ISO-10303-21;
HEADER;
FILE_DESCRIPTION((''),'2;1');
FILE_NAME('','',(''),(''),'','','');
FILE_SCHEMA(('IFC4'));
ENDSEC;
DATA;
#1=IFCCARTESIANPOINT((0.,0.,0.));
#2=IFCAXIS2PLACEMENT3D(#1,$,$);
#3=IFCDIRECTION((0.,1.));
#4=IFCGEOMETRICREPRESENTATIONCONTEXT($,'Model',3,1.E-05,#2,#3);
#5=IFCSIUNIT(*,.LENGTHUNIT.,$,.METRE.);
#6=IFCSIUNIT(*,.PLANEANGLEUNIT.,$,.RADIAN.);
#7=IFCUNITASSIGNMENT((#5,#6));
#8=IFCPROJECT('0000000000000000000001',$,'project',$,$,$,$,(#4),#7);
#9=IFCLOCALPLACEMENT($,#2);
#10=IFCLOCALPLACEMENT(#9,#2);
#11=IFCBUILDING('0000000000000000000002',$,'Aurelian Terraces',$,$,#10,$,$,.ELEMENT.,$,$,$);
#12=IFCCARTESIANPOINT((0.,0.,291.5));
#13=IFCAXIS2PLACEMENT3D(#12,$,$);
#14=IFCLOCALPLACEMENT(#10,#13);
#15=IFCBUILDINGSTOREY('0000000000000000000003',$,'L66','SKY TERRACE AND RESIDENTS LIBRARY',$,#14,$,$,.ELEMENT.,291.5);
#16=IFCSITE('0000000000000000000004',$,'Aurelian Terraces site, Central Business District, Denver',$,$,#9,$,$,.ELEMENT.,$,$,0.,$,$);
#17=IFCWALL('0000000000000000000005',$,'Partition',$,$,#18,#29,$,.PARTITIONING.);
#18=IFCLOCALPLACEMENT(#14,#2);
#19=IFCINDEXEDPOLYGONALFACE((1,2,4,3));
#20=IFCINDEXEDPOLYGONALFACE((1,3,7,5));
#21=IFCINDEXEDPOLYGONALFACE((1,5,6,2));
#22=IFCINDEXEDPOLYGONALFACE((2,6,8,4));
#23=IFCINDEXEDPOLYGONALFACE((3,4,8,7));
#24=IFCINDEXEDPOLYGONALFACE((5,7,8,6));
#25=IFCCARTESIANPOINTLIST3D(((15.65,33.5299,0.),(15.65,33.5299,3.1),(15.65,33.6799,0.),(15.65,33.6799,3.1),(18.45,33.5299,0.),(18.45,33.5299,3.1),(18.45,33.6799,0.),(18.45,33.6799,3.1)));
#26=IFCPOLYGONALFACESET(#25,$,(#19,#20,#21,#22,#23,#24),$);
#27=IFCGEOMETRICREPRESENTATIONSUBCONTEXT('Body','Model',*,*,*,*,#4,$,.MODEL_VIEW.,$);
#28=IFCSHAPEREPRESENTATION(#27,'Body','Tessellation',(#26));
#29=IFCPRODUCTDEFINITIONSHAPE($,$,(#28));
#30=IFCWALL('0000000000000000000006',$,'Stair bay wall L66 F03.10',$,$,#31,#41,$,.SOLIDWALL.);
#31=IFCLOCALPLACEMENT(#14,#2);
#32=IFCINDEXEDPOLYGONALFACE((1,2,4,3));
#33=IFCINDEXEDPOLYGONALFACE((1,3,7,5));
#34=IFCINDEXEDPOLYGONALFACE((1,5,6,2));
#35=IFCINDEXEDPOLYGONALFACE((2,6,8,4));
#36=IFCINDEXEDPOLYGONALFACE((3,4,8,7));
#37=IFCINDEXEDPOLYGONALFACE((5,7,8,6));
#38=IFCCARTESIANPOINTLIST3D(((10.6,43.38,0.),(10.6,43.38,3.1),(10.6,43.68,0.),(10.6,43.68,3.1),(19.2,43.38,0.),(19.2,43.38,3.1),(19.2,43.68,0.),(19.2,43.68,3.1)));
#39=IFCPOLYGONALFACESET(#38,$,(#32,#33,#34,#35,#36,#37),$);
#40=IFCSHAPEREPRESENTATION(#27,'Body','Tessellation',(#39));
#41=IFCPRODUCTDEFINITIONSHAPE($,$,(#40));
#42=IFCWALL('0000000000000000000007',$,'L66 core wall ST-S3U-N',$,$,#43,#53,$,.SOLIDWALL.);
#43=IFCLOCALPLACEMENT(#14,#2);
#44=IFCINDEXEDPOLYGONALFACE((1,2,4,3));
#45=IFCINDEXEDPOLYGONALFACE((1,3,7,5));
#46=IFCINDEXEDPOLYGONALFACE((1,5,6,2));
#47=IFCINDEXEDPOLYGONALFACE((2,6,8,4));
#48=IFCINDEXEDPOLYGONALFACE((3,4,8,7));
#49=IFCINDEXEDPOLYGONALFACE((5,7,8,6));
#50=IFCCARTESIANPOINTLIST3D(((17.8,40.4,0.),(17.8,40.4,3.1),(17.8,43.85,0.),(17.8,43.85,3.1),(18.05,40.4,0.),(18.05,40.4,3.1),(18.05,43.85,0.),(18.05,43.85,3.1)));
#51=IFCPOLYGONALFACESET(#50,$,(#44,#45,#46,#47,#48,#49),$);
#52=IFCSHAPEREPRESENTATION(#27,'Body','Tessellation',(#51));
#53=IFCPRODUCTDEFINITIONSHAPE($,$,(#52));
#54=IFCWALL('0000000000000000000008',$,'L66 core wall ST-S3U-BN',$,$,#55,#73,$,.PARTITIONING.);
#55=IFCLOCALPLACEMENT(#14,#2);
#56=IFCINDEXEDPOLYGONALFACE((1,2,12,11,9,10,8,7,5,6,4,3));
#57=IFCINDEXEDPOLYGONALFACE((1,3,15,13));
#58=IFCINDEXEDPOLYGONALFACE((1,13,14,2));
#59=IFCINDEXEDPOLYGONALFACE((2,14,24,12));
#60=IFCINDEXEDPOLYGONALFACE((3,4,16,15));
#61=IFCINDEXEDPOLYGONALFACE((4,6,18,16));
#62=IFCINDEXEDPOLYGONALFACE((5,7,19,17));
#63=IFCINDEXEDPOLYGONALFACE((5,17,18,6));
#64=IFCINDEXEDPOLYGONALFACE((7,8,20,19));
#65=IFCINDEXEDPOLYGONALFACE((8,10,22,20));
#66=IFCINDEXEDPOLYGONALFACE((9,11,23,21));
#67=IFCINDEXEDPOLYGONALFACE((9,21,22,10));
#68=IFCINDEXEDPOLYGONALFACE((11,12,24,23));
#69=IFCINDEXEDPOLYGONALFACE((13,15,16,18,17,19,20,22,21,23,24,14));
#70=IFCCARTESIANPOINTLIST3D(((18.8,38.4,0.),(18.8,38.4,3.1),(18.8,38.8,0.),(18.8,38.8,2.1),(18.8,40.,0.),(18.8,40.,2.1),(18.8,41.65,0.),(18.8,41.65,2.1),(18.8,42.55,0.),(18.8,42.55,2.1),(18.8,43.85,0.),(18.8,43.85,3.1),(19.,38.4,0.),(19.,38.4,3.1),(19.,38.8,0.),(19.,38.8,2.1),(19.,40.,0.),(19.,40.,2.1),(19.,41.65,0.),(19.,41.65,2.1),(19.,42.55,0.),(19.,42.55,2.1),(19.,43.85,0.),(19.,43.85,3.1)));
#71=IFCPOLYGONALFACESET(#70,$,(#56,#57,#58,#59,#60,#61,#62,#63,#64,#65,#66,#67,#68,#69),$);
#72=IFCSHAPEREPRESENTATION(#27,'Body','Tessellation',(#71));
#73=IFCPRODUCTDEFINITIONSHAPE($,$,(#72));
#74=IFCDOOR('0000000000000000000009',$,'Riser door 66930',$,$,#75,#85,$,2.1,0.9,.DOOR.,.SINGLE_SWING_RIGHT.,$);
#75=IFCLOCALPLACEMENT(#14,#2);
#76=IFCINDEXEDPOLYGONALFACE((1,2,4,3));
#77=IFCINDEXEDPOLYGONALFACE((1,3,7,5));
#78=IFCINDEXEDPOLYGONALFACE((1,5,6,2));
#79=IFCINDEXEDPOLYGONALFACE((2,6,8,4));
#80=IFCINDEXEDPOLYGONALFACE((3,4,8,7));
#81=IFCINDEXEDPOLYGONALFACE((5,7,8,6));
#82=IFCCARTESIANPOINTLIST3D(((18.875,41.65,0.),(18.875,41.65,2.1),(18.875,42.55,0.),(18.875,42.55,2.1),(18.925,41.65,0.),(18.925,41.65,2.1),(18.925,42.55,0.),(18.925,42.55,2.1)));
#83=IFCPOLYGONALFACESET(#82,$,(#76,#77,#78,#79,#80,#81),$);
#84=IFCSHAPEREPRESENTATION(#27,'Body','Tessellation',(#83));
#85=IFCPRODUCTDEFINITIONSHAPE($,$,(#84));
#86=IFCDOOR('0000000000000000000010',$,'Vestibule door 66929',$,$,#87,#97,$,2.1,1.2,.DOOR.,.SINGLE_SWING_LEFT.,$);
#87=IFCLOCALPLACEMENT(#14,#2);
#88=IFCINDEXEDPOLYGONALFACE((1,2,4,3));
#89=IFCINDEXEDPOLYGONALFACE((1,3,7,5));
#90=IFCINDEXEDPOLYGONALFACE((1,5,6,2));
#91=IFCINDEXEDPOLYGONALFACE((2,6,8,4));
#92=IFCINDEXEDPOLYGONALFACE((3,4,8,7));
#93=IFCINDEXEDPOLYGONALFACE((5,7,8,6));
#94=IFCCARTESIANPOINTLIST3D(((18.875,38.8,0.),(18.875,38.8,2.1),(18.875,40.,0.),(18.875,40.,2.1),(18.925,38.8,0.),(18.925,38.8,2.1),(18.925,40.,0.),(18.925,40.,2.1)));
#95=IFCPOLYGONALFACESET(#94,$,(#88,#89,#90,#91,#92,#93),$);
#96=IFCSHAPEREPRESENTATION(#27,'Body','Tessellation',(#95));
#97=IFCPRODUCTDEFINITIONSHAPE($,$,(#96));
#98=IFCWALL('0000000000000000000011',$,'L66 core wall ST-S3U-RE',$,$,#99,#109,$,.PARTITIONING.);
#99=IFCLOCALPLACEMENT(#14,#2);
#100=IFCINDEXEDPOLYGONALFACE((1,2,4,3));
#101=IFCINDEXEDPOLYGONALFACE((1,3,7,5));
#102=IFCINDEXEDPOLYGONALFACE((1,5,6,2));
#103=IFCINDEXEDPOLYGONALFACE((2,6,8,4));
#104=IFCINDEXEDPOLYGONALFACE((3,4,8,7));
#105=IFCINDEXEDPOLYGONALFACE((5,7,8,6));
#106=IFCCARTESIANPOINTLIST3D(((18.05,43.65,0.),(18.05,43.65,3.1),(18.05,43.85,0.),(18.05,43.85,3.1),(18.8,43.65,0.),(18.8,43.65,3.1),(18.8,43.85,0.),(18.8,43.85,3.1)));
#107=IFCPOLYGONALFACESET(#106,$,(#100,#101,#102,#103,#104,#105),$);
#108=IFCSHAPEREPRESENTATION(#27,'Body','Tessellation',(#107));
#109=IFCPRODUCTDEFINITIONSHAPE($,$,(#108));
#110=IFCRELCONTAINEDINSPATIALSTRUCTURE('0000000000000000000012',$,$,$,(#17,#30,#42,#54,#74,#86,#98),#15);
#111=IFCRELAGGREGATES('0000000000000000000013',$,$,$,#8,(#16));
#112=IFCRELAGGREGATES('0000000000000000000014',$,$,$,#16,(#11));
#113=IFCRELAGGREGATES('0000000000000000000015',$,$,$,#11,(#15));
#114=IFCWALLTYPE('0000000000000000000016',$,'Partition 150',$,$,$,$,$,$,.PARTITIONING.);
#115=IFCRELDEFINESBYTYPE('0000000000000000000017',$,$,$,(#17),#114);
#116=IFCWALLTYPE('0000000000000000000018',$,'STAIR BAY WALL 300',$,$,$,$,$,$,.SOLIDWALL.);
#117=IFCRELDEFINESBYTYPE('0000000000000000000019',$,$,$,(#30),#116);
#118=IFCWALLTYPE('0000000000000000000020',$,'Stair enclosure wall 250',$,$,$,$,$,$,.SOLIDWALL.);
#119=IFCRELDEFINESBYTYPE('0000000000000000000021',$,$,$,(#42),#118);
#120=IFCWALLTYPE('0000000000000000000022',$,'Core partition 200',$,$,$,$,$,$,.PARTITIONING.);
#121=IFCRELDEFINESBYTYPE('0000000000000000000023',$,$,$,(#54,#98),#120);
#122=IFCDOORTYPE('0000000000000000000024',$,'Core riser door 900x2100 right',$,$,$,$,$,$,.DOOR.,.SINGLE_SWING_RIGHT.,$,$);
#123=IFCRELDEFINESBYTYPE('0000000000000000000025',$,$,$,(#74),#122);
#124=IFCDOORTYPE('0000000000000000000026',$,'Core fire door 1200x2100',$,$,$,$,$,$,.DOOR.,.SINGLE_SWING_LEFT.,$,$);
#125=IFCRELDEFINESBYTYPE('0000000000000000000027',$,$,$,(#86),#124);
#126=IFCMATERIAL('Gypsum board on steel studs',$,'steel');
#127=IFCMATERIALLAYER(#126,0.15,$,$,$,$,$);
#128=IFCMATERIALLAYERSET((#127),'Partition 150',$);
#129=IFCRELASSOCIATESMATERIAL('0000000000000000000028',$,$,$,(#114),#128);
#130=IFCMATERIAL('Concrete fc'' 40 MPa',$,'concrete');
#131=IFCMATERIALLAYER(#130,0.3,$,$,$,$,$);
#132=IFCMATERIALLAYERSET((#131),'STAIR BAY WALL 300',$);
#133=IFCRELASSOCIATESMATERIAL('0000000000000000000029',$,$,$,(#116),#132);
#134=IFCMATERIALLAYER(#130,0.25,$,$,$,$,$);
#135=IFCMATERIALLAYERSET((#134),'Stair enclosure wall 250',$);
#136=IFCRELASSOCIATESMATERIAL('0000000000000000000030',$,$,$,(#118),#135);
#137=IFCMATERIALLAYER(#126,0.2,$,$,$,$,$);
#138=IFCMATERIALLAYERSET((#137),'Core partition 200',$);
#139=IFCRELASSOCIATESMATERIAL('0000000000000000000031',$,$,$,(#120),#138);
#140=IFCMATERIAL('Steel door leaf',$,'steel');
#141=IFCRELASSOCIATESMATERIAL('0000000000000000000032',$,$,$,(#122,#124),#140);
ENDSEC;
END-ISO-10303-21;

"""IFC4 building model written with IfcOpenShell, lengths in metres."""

from ifc_helpers import new_model, si_unit, direction, frame, frame_2d, origin, place, context, subcontext, project, spatial, rectangle, extrude, source, transform, mapped, material, layer, layer_set, type_object, element, fill, save


model = new_model("IFC4")

# Units and contexts
model_context = context("Model", 3, precision=1e-05, world=origin(), true_north=direction((0.0, 1.0)))
body_context = subcontext(model_context, "Body", "Model", "MODEL_VIEW")
ifc_project = project(units=[si_unit("LENGTHUNIT", "METRE"), si_unit("PLANEANGLEUNIT", "RADIAN")], contexts=[model_context])

# Site, building, storey
site_placement = place(None, origin())
site = spatial("IfcSite", under=ifc_project, at=site_placement, Name="Aurelian Terraces site, Central Business District, Denver", CompositionType="ELEMENT", RefElevation=0.0)
building_placement = place(site_placement, origin())
building = spatial("IfcBuilding", under=site, at=building_placement, Name="Aurelian Terraces", CompositionType="ELEMENT")
storey_placement = place(building_placement, frame((0.0, 0.0, 291.5)))
storey = spatial("IfcBuildingStorey", under=building, at=storey_placement, Name="L66", Description="SKY TERRACE AND RESIDENTS LIBRARY", CompositionType="ELEMENT", Elevation=291.5)

# Walls
ifc_material_1 = material(Name="Gypsum board on steel studs", Category="steel")
ifc_layer_1 = layer(ifc_material_1, 0.15)
ifc_layer_set_1 = layer_set([ifc_layer_1], Name="Partition 150")
wall_type_1 = type_object("IfcWallType", Name="Partition 150", PredefinedType="PARTITIONING", material=ifc_layer_set_1)
wall_1_placement = place(storey_placement, frame((18.45, 33.6049, 0.0), z_axis=(0.0, 0.0, 1.0), x_axis=(-1.0, 0.0, 0.0)))
element("IfcWall", 1, at=wall_1_placement, inside=storey, type_object=wall_type_1, Name="Partition", PredefinedType="PARTITIONING", context=body_context, shape_type="SweptSolid", body=[
    extrude(rectangle(XDim=2.8, YDim=0.15, at=frame_2d((1.4, 0.0))), origin(), (0.0, 0.0, 1.0), 3.1),
])
ifc_material_2 = material(Name="Concrete fc' 40 MPa", Category="concrete")
ifc_layer_2 = layer(ifc_material_2, 0.3)
ifc_layer_set_2 = layer_set([ifc_layer_2], Name="STAIR BAY WALL 300")
wall_type_2 = type_object("IfcWallType", Name="STAIR BAY WALL 300", PredefinedType="SOLIDWALL", material=ifc_layer_set_2)
shared_shape_1 = source(origin(), body_context, "Body", "SweptSolid", [
    extrude(rectangle(XDim=8.6, YDim=0.3, at=frame_2d((4.3, 0.0))), origin(), (0.0, 0.0, 1.0), 3.1),
])
wall_2_placement = place(storey_placement, frame((19.2, 43.53, 0.0), z_axis=(0.0, 0.0, 1.0), x_axis=(-1.0, 0.0, 0.0)))
element("IfcWall", 2, at=wall_2_placement, inside=storey, type_object=wall_type_2, Name="Stair bay wall L66 F03.10", PredefinedType="SOLIDWALL", context=body_context, shape_type="MappedRepresentation", body=[
    mapped(shared_shape_1, transform((0.0, 0.0, 0.0), scale=1.0)),
])
ifc_layer_3 = layer(ifc_material_2, 0.25)
ifc_layer_set_3 = layer_set([ifc_layer_3], Name="Stair enclosure wall 250")
wall_type_3 = type_object("IfcWallType", Name="Stair enclosure wall 250", PredefinedType="SOLIDWALL", material=ifc_layer_set_3)
shared_shape_2 = source(origin(), body_context, "Body", "SweptSolid", [
    extrude(rectangle(XDim=3.45, YDim=0.25, at=frame_2d((1.725, 0.0))), origin(), (0.0, 0.0, 1.0), 3.1),
])
wall_3_placement = place(storey_placement, frame((17.925, 40.4, 0.0), z_axis=(0.0, 0.0, 1.0), x_axis=(0.0, 1.0, 0.0)))
element("IfcWall", 3, at=wall_3_placement, inside=storey, type_object=wall_type_3, Name="L66 core wall ST-S3U-N", PredefinedType="SOLIDWALL", context=body_context, shape_type="MappedRepresentation", body=[
    mapped(shared_shape_2, transform((0.0, 0.0, 0.0), scale=1.0)),
])

# Wall, openings, doors
ifc_layer_4 = layer(ifc_material_1, 0.2)
ifc_layer_set_4 = layer_set([ifc_layer_4], Name="Core partition 200")
wall_type_4 = type_object("IfcWallType", Name="Core partition 200", PredefinedType="PARTITIONING", material=ifc_layer_set_4)
shared_shape_3 = source(origin(), body_context, "Body", "SweptSolid", [
    extrude(rectangle(XDim=5.45, YDim=0.2, at=frame_2d((2.725, 0.0))), origin(), (0.0, 0.0, 1.0), 3.1),
])
wall_4_placement = place(storey_placement, frame((18.9, 38.4, 0.0), z_axis=(0.0, 0.0, 1.0), x_axis=(0.0, 1.0, 0.0)))
wall_4 = element("IfcWall", 4, at=wall_4_placement, inside=storey, type_object=wall_type_4, Name="L66 core wall ST-S3U-BN", PredefinedType="PARTITIONING", context=body_context, shape_type="MappedRepresentation", body=[
    mapped(shared_shape_3, transform((0.0, 0.0, 0.0), scale=1.0)),
])
shared_shape_4 = source(origin(), body_context, "Body", "SweptSolid", [
    extrude(rectangle(XDim=1.2, YDim=2.1, at=frame_2d((0.6, 1.05))), frame((0.0, 0.11, 0.0), z_axis=(0.0, -1.0, 0.0), x_axis=(1.0, 0.0, 0.0)), (0.0, 0.0, 1.0), 0.22),
])
opening_1_placement = place(wall_4_placement, frame((0.4, 0.0, 0.0)))
opening_1 = element("IfcOpeningElement", 5, at=opening_1_placement, cuts=wall_4, PredefinedType="OPENING", context=body_context, shape_type="MappedRepresentation", body=[
    mapped(shared_shape_4, transform((0.0, 0.0, 0.0), scale=1.0)),
])
shared_shape_5 = source(origin(), body_context, "Body", "SweptSolid", [
    extrude(rectangle(XDim=0.9, YDim=2.1, at=frame_2d((0.45, 1.05))), frame((0.0, 0.11, 0.0), z_axis=(0.0, -1.0, 0.0), x_axis=(1.0, 0.0, 0.0)), (0.0, 0.0, 1.0), 0.22),
])
opening_2_placement = place(wall_4_placement, frame((3.25, 0.0, 0.0)))
opening_2 = element("IfcOpeningElement", 6, at=opening_2_placement, cuts=wall_4, PredefinedType="OPENING", context=body_context, shape_type="MappedRepresentation", body=[
    mapped(shared_shape_5, transform((0.0, 0.0, 0.0), scale=1.0)),
])
ifc_material_3 = material(Name="Steel door leaf", Category="steel")
door_type_1 = type_object("IfcDoorType", Name="Core riser door 900x2100 right", OperationType="SINGLE_SWING_RIGHT", PredefinedType="DOOR", material=ifc_material_3)
shared_shape_6 = source(origin(), body_context, "Body", "SweptSolid", [
    extrude(rectangle(XDim=0.9, YDim=2.1, at=frame_2d((0.45, 1.05))), frame((0.0, 0.025, 0.0), z_axis=(0.0, -1.0, 0.0), x_axis=(1.0, 0.0, 0.0)), (0.0, 0.0, 1.0), 0.05),
])
door_1_placement = place(opening_2_placement, origin())
door_1 = element("IfcDoor", 7, at=door_1_placement, inside=storey, type_object=door_type_1, Name="Riser door 66930", OperationType="SINGLE_SWING_RIGHT", OverallHeight=2.1, OverallWidth=0.9, PredefinedType="DOOR", context=body_context, shape_type="MappedRepresentation", body=[
    mapped(shared_shape_6, transform((0.0, 0.0, 0.0), scale=1.0)),
])
fill(opening_2, door_1)
door_type_2 = type_object("IfcDoorType", Name="Core fire door 1200x2100", OperationType="SINGLE_SWING_LEFT", PredefinedType="DOOR", material=ifc_material_3)
shared_shape_7 = source(origin(), body_context, "Body", "SweptSolid", [
    extrude(rectangle(XDim=1.2, YDim=2.1, at=frame_2d((0.6, 1.05))), frame((0.0, 0.025, 0.0), z_axis=(0.0, -1.0, 0.0), x_axis=(1.0, 0.0, 0.0)), (0.0, 0.0, 1.0), 0.05),
])
door_2_placement = place(opening_1_placement, origin())
door_2 = element("IfcDoor", 8, at=door_2_placement, inside=storey, type_object=door_type_2, Name="Vestibule door 66929", OperationType="SINGLE_SWING_LEFT", OverallHeight=2.1, OverallWidth=1.2, PredefinedType="DOOR", context=body_context, shape_type="MappedRepresentation", body=[
    mapped(shared_shape_7, transform((0.0, 0.0, 0.0), scale=1.0)),
])
fill(opening_1, door_2)

# Wall
shared_shape_8 = source(origin(), body_context, "Body", "SweptSolid", [
    extrude(rectangle(XDim=0.75, YDim=0.2, at=frame_2d((0.375, 0.0))), origin(), (0.0, 0.0, 1.0), 3.1),
])
wall_5_placement = place(storey_placement, frame((18.05, 43.75, 0.0), z_axis=(0.0, 0.0, 1.0), x_axis=(1.0, 0.0, 0.0)))
element("IfcWall", 9, at=wall_5_placement, inside=storey, type_object=wall_type_4, Name="L66 core wall ST-S3U-RE", PredefinedType="PARTITIONING", context=body_context, shape_type="MappedRepresentation", body=[
    mapped(shared_shape_8, transform((0.0, 0.0, 0.0), scale=1.0)),
])

save(model, "model.ifc")
